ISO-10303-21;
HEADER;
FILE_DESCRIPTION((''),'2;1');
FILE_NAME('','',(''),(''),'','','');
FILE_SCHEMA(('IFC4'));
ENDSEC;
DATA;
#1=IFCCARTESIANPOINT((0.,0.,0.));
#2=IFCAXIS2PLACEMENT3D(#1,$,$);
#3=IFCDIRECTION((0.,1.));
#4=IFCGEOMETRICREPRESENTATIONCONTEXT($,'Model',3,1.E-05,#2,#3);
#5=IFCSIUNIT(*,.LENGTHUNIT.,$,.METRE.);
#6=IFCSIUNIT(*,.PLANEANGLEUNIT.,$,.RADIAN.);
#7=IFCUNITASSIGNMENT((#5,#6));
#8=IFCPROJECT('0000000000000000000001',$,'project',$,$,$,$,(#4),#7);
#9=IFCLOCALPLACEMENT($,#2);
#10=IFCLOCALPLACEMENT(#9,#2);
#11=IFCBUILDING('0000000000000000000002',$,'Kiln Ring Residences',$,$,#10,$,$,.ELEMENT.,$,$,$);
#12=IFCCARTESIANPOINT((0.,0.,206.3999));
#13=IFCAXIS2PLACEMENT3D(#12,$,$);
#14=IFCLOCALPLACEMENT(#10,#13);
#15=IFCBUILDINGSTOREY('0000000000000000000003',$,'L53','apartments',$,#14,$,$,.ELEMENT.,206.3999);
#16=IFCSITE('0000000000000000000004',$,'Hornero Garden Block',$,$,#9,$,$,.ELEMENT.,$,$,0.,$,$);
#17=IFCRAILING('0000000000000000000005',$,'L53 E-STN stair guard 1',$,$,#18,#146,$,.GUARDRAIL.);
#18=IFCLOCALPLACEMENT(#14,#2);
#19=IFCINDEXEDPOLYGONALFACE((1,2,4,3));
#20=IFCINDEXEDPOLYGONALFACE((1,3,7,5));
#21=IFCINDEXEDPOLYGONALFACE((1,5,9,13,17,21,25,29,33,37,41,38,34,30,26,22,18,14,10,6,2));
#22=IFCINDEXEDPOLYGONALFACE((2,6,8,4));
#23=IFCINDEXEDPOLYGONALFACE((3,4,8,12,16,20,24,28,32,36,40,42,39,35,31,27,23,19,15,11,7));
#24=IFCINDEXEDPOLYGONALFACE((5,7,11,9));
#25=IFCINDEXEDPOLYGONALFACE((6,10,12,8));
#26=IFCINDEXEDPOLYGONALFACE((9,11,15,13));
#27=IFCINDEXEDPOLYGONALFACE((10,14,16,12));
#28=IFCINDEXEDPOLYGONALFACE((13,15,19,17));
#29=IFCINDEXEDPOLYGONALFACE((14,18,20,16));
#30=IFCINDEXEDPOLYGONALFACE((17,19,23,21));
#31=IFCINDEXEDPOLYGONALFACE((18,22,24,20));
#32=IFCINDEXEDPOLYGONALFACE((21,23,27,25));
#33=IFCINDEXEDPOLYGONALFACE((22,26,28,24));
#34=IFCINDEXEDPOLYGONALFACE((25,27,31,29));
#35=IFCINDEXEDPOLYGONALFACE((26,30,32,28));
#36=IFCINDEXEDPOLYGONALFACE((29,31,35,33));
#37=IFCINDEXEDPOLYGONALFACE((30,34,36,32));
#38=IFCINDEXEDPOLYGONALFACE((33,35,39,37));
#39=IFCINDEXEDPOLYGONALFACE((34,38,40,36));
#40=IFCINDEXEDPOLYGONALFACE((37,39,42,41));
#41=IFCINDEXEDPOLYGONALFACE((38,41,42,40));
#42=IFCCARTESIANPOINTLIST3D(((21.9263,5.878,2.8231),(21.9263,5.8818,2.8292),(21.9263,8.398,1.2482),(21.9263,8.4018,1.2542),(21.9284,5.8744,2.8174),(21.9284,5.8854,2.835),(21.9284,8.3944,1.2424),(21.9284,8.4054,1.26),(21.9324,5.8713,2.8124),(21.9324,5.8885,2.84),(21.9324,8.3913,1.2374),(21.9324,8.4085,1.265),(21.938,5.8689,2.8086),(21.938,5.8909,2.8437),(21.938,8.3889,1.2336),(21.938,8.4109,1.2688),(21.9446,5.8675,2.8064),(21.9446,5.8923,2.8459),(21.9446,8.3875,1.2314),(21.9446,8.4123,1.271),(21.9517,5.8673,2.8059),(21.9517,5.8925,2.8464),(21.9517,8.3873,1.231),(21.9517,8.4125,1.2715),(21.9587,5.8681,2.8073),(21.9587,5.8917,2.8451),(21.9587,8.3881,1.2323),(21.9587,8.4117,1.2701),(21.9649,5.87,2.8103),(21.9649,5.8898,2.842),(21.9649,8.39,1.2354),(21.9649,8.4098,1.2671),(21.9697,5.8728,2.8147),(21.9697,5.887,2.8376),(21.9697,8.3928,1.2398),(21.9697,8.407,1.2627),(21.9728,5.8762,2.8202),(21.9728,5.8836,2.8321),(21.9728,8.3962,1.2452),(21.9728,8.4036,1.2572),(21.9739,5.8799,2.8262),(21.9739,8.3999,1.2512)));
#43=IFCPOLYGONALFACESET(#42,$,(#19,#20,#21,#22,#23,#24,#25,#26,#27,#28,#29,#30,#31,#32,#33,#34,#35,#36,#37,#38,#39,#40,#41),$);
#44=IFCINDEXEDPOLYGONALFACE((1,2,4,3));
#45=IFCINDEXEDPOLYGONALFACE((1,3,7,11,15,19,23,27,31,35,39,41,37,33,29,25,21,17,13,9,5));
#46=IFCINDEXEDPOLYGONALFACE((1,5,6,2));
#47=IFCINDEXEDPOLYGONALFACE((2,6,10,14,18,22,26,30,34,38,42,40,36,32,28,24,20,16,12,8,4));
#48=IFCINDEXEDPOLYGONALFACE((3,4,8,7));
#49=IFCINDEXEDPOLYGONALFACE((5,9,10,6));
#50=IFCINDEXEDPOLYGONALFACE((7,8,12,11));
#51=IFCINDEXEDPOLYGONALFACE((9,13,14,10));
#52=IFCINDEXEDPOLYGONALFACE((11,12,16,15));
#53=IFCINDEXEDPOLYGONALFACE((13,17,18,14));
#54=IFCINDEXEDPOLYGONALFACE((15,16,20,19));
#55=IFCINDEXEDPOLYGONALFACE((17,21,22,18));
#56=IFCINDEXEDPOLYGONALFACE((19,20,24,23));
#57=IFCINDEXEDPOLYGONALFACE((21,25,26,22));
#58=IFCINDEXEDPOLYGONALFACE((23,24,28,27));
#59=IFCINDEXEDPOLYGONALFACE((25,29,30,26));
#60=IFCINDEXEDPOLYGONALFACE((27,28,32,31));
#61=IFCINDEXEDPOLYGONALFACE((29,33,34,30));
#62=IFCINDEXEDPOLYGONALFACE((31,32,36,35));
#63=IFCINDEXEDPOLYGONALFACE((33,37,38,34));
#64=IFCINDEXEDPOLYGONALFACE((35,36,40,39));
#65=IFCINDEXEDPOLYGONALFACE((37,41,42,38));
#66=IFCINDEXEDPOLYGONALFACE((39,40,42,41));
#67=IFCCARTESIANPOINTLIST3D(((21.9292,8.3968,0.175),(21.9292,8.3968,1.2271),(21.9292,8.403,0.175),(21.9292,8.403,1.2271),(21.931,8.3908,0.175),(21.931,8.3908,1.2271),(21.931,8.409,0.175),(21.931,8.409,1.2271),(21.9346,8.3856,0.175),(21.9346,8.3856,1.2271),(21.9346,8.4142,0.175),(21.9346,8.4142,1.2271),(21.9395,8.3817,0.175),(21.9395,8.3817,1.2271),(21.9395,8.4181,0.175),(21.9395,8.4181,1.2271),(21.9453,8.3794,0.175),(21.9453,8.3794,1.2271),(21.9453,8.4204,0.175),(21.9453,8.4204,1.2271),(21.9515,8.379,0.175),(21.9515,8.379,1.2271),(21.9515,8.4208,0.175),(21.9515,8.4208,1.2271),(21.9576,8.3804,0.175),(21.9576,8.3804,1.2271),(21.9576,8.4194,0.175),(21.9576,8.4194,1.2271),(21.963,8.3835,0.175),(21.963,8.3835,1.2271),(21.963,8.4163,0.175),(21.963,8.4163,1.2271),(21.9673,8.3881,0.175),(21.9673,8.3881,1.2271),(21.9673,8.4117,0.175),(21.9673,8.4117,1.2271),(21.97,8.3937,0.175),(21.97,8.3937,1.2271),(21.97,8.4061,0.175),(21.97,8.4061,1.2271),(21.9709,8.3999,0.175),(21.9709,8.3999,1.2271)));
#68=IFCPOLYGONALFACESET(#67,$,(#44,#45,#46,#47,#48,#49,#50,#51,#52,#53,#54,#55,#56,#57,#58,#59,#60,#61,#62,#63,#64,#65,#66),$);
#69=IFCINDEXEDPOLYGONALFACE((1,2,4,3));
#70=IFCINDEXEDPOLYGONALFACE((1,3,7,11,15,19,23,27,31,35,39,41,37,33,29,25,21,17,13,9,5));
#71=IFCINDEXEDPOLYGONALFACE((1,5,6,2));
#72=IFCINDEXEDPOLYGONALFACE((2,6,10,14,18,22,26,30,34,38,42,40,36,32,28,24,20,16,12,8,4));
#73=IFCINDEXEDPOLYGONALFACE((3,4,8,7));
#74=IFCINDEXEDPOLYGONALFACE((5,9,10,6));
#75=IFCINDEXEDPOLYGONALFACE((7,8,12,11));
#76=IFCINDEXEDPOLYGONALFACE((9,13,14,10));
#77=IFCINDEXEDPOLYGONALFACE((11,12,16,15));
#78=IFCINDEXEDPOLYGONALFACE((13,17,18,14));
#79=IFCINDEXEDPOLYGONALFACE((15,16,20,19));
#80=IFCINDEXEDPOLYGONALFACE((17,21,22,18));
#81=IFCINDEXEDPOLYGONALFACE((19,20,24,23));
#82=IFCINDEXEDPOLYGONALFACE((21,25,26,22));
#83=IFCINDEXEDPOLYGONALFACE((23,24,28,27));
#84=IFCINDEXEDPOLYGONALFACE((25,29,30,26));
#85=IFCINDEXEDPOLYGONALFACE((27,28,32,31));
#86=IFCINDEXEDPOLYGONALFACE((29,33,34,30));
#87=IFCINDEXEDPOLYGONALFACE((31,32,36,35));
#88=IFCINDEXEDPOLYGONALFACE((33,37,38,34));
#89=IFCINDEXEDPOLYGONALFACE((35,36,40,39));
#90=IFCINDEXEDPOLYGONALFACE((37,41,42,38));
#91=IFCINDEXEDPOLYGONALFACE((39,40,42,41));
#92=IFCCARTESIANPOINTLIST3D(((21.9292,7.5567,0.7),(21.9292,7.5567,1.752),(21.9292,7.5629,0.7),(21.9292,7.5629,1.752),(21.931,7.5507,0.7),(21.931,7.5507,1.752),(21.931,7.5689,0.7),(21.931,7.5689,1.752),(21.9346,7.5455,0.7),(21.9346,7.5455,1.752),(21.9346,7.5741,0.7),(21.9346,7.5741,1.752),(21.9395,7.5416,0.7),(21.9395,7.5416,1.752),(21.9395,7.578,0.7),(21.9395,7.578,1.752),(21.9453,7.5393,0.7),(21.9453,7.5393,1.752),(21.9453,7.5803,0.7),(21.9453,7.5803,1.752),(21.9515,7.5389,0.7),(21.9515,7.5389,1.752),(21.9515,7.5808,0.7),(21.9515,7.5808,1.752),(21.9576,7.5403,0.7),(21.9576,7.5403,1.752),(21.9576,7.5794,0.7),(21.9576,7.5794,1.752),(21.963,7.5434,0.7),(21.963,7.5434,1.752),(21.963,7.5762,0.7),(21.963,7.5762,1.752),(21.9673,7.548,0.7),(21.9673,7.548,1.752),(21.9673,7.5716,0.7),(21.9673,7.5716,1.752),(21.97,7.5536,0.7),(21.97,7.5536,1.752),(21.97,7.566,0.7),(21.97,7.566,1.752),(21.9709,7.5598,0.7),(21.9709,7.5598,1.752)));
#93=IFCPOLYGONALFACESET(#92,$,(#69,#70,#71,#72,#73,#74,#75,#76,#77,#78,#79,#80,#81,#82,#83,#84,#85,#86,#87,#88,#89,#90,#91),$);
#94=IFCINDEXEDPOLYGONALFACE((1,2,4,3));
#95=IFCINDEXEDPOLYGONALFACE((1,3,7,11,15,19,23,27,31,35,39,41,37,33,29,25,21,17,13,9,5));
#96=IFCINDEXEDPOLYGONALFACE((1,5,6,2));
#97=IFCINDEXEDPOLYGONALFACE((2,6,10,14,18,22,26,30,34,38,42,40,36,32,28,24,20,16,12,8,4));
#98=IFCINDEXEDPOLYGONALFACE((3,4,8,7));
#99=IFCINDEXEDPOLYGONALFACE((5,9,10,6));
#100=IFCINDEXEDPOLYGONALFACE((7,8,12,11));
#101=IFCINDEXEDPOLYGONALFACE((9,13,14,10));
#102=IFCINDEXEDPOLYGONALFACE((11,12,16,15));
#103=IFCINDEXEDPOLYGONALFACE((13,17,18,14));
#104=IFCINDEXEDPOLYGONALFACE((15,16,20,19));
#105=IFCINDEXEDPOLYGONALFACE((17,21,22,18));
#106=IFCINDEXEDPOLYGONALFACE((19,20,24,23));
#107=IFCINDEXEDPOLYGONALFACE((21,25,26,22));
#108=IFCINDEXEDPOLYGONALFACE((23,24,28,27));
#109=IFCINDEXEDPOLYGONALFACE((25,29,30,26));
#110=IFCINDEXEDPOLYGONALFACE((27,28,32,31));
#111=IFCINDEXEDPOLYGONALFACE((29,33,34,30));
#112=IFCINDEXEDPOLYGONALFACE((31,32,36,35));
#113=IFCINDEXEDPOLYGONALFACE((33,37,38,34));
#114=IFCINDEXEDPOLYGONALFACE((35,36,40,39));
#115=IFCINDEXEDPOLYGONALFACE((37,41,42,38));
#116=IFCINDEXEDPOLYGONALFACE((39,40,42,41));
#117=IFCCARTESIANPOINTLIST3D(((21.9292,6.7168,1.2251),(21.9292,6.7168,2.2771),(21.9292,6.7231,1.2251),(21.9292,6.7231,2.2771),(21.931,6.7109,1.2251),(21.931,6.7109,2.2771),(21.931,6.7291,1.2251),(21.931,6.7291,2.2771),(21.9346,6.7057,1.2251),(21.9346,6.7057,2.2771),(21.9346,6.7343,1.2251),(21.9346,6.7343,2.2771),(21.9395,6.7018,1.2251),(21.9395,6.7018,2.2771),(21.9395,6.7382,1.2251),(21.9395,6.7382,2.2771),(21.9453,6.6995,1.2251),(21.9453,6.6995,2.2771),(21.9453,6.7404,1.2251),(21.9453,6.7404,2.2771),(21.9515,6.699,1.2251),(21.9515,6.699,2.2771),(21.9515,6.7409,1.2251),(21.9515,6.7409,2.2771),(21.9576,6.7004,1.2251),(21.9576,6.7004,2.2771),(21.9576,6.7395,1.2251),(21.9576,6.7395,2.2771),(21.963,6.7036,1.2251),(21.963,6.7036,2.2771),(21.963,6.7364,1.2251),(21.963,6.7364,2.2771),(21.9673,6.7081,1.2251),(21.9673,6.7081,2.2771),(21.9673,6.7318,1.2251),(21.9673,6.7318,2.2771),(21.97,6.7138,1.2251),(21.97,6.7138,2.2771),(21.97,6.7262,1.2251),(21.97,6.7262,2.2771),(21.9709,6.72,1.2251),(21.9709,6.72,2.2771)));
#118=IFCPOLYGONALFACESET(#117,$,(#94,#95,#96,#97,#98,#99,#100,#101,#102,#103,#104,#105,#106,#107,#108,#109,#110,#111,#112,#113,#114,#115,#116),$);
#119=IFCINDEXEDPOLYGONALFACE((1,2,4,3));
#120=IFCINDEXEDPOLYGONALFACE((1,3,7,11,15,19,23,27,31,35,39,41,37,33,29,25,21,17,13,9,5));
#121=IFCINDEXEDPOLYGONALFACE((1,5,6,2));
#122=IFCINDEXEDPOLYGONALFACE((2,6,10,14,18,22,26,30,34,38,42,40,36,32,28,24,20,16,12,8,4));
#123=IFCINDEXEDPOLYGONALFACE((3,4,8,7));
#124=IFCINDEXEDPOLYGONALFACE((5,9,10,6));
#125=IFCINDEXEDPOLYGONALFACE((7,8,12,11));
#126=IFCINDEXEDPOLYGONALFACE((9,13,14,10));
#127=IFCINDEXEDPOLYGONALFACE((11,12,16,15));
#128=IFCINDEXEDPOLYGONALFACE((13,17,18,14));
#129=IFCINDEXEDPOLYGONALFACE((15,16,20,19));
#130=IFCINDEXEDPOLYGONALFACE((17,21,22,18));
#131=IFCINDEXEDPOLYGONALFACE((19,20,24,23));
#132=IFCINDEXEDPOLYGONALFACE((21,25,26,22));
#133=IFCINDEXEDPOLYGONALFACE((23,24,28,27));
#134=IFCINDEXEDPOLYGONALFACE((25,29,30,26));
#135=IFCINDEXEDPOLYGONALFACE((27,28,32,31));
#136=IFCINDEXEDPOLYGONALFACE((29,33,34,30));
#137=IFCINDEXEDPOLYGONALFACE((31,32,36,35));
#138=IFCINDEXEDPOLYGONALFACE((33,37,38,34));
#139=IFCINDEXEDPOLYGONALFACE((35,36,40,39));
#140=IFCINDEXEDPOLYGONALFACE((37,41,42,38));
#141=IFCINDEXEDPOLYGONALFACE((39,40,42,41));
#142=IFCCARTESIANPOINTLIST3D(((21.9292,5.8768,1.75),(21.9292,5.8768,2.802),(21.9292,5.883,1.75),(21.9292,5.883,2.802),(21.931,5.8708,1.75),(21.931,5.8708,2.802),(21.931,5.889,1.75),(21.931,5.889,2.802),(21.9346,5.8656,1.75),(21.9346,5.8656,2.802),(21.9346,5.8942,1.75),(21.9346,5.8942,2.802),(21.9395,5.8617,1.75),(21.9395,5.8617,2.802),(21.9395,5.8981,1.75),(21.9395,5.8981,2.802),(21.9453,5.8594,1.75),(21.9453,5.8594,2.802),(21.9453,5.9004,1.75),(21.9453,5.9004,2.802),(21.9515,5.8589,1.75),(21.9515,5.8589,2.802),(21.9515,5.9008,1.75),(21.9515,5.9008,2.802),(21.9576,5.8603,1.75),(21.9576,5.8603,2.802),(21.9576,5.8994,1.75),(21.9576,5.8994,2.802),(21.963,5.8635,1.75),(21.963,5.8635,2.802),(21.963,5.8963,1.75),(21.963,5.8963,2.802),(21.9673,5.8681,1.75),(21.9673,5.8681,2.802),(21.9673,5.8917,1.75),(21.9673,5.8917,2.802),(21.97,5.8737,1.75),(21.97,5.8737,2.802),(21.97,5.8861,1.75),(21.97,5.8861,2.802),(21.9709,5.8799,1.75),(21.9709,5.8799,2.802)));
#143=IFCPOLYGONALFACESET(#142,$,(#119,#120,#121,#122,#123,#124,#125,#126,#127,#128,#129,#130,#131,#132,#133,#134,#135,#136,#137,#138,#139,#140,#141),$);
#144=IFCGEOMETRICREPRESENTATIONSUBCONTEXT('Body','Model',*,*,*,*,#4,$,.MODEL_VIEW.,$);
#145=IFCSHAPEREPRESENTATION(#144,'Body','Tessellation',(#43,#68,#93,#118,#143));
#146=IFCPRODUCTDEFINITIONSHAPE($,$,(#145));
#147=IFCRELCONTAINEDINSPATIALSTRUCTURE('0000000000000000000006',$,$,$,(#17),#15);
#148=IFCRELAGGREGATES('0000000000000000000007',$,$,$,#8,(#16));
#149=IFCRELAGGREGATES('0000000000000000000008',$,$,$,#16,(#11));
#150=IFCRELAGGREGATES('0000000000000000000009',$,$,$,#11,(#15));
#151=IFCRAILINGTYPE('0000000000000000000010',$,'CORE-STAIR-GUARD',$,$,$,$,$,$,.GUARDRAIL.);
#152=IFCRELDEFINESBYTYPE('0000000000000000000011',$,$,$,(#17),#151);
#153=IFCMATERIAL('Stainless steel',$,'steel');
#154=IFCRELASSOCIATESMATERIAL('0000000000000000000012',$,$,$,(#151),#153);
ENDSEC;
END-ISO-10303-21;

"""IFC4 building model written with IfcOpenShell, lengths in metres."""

from ifc_helpers import new_model, si_unit, direction, frame, origin, origin_2d, place, context, subcontext, project, spatial, circle, extrude, material, type_object, element, save


model = new_model("IFC4")

# Units and contexts
model_context = context("Model", 3, precision=1e-05, world=origin(), true_north=direction((0.0, 1.0)))
body_context = subcontext(model_context, "Body", "Model", "MODEL_VIEW")
ifc_project = project(units=[si_unit("LENGTHUNIT", "METRE"), si_unit("PLANEANGLEUNIT", "RADIAN")], contexts=[model_context])

# Site, building, storey
site_placement = place(None, origin())
site = spatial("IfcSite", under=ifc_project, at=site_placement, Name="Hornero Garden Block", CompositionType="ELEMENT", RefElevation=0.0)
building_placement = place(site_placement, origin())
building = spatial("IfcBuilding", under=site, at=building_placement, Name="Kiln Ring Residences", CompositionType="ELEMENT")
storey_placement = place(building_placement, frame((0.0, 0.0, 206.3999)))
storey = spatial("IfcBuildingStorey", under=building, at=storey_placement, Name="L53", Description="apartments", CompositionType="ELEMENT", Elevation=206.3999)

# Railing
ifc_material_1 = material(Name="Stainless steel", Category="steel")
railing_type_1 = type_object("IfcRailingType", Name="CORE-STAIR-GUARD", PredefinedType="GUARDRAIL", material=ifc_material_1)
railing_1_placement = place(storey_placement, frame((21.95, 8.3999, 0.175)))
element("IfcRailing", 1, at=railing_1_placement, inside=storey, type_object=railing_type_1, Name="L53 E-STN stair guard 1", PredefinedType="GUARDRAIL", context=body_context, shape_type="SweptSolid", body=[
    extrude(circle(Radius=0.0239, at=origin_2d()), frame((0.0, 0.0, 1.0762), z_axis=(0.0, -0.848008, 0.529984), x_axis=(1.0, 0.0, 0.0)), (0.0, 0.0, 1.0), 2.9717),
    extrude(circle(Radius=0.021, at=origin_2d()), origin(), (0.0, 0.0, 1.0), 1.052),
    extrude(circle(Radius=0.021, at=origin_2d()), frame((0.0, -0.8401, 0.5249)), (0.0, 0.0, 1.0), 1.052),
    extrude(circle(Radius=0.021, at=origin_2d()), frame((0.0, -1.6799, 1.05)), (0.0, 0.0, 1.0), 1.052),
    extrude(circle(Radius=0.021, at=origin_2d()), frame((0.0, -2.52, 1.575)), (0.0, 0.0, 1.0), 1.052),
])

save(model, "model.ifc")
